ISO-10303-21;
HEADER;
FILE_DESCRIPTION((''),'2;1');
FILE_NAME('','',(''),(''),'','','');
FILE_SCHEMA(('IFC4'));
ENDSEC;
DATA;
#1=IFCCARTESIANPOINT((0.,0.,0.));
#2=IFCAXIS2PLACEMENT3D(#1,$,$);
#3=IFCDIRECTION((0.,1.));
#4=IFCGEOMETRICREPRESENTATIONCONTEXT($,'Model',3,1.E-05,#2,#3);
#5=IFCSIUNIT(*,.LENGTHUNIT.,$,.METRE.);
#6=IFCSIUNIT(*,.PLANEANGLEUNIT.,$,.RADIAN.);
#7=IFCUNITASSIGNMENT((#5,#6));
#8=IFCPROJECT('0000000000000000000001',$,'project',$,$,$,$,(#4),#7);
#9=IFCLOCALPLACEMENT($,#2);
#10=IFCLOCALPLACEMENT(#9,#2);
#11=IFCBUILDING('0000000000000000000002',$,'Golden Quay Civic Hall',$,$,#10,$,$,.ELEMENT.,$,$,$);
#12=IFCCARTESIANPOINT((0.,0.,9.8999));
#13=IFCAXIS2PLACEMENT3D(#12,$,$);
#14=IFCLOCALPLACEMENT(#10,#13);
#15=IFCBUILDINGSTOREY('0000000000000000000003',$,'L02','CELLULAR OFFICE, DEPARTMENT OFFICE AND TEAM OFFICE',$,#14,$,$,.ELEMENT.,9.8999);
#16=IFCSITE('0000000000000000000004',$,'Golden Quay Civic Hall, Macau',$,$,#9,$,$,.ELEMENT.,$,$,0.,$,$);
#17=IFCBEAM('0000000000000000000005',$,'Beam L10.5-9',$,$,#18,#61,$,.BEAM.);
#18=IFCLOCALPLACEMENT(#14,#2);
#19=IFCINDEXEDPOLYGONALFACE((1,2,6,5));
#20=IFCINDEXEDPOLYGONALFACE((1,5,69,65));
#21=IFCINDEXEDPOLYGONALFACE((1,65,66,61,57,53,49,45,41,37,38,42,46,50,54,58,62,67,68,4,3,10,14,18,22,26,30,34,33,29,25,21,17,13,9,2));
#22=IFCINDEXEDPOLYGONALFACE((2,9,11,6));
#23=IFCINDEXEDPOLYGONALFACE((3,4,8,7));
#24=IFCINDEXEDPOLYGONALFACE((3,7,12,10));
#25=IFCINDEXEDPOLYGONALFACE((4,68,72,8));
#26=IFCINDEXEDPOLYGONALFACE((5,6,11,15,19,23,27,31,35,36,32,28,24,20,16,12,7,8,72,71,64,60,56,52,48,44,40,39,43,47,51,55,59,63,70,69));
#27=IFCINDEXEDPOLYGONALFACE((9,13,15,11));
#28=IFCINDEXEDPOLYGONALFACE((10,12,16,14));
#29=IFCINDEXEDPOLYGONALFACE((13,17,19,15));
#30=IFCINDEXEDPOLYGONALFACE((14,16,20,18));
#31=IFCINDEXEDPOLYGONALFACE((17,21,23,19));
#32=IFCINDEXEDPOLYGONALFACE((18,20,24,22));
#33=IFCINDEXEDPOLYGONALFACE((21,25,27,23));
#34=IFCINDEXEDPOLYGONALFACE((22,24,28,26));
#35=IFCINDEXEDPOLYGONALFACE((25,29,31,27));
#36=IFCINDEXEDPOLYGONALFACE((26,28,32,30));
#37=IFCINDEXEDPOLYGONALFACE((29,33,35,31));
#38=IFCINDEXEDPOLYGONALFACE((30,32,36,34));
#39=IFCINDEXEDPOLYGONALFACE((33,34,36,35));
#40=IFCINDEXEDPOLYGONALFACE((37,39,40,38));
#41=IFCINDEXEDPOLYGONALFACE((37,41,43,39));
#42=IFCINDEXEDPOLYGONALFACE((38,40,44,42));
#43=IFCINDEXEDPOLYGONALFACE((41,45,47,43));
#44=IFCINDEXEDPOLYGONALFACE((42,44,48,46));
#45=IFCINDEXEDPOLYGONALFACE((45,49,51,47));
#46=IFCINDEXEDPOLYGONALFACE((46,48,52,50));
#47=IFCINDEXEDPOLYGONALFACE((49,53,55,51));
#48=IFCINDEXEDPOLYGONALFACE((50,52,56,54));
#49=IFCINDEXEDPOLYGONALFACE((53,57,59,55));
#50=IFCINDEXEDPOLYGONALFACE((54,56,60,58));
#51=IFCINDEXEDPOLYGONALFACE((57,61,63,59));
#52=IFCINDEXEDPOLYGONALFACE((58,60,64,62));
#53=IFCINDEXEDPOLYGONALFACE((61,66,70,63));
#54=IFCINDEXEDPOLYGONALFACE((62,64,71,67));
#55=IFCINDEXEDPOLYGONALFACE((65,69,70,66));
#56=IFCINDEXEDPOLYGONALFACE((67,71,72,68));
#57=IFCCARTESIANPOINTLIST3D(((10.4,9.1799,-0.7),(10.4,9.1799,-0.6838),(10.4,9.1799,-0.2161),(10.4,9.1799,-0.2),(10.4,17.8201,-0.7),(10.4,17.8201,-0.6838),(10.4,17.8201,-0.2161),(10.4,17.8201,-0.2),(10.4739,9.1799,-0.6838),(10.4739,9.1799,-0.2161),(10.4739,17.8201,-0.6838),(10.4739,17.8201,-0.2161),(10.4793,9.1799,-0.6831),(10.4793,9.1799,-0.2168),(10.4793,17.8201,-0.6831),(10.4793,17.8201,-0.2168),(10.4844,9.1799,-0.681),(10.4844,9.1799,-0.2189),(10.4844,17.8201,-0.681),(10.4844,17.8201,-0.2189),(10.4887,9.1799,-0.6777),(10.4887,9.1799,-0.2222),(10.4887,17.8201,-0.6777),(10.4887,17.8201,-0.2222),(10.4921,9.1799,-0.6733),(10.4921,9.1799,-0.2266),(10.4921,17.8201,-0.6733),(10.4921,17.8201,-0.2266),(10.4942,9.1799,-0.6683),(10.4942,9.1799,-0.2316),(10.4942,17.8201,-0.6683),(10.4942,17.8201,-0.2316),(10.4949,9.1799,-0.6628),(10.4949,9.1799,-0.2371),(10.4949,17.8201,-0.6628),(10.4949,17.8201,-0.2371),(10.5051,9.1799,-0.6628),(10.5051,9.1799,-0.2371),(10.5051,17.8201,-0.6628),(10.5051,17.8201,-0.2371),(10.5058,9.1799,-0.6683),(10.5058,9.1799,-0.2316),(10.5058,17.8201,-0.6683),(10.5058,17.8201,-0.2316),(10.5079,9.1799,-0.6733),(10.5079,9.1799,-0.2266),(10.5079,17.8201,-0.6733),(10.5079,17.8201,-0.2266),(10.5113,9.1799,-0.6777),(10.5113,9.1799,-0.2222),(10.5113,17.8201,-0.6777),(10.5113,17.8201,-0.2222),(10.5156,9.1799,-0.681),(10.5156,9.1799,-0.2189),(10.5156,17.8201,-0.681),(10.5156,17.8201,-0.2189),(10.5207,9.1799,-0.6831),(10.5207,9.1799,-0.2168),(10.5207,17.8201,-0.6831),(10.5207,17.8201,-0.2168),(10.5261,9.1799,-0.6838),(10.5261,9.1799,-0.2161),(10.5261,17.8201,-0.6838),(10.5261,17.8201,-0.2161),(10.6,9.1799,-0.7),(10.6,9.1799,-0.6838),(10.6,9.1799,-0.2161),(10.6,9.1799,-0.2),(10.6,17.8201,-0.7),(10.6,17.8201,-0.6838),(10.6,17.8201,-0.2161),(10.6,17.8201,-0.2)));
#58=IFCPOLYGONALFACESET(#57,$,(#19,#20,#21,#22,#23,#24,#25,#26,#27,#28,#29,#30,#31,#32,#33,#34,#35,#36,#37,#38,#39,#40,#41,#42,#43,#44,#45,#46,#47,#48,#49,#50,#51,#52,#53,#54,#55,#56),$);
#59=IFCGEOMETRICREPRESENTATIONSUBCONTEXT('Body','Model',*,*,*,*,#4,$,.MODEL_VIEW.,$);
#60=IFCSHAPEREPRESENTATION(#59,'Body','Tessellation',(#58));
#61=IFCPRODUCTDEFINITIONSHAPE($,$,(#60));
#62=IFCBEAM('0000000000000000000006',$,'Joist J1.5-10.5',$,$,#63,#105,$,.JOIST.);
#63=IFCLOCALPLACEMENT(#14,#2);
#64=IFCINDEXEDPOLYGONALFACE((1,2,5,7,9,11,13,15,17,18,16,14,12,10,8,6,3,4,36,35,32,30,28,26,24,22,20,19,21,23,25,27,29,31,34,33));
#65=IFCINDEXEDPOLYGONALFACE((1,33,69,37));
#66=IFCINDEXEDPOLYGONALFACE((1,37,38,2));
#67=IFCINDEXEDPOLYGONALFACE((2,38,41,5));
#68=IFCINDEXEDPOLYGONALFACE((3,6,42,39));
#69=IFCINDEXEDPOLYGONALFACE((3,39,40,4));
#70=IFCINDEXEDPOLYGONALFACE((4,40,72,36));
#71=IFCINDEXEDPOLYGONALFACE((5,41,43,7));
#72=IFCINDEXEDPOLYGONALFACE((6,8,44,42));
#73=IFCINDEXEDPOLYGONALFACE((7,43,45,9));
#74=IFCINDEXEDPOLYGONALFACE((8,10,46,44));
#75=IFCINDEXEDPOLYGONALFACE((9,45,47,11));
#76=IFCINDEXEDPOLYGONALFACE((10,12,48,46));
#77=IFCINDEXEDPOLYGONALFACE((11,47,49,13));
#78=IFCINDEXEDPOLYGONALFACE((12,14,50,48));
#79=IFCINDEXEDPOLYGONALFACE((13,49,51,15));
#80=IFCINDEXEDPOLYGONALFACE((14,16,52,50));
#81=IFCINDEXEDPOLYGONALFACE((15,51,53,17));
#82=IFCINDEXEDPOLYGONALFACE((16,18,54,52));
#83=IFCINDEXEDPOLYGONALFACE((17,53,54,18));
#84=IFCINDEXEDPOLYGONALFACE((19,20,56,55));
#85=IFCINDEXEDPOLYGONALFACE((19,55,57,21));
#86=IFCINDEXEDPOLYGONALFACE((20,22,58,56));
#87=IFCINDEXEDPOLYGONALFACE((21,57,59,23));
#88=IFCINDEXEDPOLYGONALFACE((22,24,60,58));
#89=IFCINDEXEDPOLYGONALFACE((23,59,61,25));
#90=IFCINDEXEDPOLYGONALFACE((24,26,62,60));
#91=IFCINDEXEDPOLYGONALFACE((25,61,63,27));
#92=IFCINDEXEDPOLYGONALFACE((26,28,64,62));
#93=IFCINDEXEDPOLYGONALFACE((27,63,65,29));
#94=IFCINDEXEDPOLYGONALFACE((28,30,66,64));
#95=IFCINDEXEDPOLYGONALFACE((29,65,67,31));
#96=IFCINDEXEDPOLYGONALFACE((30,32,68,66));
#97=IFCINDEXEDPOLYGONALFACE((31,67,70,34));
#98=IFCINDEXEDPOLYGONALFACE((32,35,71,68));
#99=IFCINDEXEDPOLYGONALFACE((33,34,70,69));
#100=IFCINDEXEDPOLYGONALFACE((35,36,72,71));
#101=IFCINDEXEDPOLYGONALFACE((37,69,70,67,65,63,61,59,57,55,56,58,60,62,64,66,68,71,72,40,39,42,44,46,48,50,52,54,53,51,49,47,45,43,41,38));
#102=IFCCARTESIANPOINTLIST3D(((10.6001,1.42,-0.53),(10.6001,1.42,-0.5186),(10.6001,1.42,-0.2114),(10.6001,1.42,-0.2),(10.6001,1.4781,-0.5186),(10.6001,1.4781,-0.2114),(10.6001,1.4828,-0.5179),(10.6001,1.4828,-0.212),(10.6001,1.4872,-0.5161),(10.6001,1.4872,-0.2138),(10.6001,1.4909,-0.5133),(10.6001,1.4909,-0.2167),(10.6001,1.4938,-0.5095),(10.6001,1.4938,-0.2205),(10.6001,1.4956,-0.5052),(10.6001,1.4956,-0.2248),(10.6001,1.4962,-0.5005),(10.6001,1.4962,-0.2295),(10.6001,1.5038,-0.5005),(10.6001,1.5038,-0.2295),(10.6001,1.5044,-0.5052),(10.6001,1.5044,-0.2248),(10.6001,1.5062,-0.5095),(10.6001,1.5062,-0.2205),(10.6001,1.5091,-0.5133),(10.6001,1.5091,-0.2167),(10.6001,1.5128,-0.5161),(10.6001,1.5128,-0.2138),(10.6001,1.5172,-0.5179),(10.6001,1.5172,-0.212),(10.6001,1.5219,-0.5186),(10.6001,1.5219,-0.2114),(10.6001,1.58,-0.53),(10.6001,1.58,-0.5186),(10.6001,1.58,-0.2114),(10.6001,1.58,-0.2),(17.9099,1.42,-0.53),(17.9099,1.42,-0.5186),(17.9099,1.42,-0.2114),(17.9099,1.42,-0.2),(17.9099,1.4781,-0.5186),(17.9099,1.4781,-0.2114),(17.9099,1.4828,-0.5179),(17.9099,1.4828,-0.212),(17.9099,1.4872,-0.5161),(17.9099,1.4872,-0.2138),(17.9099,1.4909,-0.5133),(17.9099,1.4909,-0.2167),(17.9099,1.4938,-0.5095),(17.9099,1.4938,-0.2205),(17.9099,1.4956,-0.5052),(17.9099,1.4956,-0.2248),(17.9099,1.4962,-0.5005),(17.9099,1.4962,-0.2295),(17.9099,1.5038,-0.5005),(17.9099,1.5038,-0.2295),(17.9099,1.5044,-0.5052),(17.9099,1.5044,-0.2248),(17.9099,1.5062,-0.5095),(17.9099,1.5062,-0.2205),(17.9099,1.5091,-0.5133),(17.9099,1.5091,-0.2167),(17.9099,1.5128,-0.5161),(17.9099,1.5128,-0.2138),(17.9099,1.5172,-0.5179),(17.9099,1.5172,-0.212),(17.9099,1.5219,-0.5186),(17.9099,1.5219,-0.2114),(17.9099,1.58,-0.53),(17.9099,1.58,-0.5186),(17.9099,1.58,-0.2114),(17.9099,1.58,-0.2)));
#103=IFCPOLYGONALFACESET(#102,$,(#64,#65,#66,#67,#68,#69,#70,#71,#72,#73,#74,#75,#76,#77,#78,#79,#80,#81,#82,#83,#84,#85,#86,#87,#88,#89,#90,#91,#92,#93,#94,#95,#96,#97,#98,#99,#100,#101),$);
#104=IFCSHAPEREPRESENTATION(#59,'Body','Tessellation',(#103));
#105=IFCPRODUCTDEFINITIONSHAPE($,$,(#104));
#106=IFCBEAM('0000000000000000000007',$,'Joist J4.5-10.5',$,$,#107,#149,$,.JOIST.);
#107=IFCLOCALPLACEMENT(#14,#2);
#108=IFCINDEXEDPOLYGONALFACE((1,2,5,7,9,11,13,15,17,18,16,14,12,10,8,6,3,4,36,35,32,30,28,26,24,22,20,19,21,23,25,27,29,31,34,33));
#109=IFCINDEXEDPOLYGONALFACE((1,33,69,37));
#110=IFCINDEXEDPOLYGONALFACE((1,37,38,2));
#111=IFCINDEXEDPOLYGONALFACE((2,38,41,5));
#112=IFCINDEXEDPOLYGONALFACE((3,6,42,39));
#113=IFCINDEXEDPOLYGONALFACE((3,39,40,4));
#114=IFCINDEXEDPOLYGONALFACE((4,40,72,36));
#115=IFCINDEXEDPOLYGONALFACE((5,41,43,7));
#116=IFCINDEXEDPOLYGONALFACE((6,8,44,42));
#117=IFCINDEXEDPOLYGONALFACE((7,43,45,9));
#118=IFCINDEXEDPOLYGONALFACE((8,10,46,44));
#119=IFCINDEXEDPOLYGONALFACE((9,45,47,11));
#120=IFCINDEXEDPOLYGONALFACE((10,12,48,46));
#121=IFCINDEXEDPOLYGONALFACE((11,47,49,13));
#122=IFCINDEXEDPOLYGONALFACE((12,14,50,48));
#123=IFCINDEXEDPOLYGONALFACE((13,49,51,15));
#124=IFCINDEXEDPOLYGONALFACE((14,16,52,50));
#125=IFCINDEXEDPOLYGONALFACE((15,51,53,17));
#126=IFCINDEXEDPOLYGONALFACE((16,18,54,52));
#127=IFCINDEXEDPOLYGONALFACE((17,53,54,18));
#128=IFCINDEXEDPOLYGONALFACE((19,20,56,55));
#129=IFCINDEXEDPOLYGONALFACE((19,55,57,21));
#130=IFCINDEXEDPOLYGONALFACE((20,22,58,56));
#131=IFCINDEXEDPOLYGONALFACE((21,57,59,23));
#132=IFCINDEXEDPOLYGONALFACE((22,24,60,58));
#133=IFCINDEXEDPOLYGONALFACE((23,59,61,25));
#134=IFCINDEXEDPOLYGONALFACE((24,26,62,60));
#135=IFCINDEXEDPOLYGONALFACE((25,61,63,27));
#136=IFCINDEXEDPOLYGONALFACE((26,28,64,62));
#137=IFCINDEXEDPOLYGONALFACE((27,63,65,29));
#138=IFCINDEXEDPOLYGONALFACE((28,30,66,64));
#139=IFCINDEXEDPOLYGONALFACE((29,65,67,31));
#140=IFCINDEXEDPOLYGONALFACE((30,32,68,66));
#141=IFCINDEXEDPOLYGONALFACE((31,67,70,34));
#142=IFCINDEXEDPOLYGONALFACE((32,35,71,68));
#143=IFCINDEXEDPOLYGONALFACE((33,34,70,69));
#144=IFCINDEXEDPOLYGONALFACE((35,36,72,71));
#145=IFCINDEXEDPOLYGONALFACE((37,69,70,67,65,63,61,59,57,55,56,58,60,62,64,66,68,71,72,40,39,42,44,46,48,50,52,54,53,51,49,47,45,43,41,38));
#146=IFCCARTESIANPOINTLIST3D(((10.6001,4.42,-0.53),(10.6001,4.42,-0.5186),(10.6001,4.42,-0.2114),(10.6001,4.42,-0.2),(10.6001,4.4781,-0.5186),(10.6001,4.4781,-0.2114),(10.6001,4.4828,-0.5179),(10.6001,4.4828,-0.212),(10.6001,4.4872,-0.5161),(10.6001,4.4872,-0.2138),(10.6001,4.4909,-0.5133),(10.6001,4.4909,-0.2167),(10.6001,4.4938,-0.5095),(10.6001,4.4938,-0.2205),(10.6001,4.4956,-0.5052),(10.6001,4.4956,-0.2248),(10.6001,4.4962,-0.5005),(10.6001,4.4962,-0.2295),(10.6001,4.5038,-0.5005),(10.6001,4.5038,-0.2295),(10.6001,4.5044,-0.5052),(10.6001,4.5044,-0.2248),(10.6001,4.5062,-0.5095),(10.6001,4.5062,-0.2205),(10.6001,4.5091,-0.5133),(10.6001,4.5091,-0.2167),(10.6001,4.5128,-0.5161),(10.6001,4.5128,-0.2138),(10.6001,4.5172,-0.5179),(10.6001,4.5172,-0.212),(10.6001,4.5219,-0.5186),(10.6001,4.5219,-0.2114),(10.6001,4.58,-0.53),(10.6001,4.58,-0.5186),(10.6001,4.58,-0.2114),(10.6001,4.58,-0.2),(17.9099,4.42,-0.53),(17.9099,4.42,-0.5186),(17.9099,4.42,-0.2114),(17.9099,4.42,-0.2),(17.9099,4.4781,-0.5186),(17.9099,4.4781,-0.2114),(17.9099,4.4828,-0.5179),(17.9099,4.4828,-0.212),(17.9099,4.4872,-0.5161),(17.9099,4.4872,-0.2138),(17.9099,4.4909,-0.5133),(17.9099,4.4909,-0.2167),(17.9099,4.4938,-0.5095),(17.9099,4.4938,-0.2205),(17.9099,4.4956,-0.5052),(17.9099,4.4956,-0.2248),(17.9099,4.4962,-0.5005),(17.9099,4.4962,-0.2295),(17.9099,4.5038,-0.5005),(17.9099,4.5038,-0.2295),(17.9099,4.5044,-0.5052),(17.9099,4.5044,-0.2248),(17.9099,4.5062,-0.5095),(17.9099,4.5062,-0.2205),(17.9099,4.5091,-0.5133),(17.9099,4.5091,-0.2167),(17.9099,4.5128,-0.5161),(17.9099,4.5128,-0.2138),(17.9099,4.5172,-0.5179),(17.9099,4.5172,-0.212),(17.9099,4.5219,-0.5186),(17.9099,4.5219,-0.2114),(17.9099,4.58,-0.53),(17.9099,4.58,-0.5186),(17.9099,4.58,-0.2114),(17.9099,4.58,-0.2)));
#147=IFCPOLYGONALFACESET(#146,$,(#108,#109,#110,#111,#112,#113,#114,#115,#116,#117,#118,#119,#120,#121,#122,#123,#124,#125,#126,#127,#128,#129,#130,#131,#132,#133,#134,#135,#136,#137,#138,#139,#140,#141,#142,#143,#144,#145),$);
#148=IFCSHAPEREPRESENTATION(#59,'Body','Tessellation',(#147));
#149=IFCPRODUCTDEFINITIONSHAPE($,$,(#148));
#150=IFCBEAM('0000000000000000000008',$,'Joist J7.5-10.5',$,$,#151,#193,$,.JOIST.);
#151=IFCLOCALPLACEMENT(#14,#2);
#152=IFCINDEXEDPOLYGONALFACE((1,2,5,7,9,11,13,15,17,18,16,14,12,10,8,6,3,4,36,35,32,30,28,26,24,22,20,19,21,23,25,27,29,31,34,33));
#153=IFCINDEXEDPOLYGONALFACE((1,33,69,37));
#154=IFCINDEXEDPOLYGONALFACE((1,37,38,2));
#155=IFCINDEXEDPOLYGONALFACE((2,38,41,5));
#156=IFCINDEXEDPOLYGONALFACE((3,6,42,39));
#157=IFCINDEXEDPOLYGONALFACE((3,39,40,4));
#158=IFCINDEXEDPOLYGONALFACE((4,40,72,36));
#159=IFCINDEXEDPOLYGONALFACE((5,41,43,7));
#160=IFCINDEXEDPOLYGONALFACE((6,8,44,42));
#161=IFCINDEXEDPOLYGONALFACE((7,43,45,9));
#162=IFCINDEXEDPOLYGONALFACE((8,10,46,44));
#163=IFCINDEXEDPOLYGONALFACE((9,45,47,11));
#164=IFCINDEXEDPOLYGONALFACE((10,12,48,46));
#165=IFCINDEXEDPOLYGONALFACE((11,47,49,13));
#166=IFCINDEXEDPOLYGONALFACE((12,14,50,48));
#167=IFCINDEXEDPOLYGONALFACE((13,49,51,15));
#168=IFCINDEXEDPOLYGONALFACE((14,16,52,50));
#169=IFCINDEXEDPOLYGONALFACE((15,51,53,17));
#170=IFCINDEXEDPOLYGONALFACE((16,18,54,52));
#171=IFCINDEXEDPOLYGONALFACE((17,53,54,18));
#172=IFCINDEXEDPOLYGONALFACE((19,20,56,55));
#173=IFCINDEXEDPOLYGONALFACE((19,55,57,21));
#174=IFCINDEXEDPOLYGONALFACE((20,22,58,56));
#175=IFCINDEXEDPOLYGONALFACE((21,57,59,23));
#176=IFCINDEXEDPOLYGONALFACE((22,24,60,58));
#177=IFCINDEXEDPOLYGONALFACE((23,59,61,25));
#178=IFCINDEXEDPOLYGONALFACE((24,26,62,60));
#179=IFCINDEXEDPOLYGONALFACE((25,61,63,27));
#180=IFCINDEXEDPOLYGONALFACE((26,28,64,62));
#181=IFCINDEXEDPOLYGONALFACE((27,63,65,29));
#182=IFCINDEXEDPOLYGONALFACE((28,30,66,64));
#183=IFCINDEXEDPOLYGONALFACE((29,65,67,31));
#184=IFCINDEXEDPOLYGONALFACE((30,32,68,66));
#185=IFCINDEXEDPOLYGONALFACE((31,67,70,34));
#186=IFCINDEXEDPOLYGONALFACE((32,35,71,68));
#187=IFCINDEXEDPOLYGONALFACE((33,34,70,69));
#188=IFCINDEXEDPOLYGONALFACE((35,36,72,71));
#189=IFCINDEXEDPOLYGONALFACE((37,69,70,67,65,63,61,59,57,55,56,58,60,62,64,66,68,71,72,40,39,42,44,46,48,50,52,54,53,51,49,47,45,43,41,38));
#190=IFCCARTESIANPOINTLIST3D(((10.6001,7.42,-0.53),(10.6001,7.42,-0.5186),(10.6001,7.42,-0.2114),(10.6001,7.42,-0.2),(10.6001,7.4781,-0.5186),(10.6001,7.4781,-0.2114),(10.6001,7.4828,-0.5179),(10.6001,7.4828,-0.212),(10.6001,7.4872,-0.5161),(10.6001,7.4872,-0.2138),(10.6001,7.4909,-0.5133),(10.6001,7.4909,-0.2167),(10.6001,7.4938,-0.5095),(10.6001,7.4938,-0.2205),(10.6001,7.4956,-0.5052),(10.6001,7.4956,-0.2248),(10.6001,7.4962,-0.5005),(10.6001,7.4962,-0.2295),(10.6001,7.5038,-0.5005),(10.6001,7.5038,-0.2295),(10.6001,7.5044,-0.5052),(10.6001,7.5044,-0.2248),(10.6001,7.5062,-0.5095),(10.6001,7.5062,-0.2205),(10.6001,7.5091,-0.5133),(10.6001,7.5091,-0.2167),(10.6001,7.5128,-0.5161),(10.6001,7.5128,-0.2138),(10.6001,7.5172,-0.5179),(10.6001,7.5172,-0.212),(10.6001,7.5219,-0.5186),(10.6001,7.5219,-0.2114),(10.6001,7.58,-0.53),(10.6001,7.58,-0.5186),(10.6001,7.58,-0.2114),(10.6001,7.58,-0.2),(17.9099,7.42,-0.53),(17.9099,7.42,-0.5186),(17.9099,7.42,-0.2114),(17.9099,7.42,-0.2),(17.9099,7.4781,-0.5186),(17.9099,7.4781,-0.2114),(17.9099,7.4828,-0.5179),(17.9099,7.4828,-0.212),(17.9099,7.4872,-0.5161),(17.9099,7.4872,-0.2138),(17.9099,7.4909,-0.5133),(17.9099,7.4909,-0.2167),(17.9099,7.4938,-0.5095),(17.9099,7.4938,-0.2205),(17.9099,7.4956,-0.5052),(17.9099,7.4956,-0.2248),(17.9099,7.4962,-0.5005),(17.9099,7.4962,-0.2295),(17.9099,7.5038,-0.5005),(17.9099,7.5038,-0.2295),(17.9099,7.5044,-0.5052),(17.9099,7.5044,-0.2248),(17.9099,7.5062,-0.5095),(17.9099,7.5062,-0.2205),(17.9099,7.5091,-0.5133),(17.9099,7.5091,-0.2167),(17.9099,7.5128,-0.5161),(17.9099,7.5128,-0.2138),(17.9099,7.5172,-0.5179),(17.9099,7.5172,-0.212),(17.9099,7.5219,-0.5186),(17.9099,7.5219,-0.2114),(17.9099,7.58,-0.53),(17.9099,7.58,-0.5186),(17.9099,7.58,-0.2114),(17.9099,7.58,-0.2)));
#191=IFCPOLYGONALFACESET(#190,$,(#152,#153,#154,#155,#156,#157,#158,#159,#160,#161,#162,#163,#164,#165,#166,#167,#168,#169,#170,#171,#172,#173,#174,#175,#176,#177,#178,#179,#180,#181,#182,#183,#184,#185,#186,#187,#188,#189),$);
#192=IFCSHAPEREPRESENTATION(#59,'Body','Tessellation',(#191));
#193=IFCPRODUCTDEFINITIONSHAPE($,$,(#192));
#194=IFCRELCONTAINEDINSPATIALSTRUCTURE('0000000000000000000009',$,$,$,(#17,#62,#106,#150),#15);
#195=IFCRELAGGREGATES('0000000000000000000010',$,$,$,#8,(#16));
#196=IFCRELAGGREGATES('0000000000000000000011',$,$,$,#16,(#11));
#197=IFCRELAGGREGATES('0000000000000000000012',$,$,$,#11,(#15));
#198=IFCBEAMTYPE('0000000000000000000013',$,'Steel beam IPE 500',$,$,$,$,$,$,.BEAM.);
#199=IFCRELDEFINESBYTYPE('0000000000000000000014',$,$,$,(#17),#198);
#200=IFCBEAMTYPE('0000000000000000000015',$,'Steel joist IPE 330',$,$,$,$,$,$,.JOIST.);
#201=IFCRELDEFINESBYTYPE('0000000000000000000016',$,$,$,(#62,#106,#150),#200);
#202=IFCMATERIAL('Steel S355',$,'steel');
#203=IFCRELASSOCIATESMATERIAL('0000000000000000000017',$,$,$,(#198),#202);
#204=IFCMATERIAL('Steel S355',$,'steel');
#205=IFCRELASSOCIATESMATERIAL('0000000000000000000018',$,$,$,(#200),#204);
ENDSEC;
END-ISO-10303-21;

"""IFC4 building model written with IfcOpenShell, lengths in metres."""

from ifc_helpers import new_model, si_unit, direction, frame, origin, origin_2d, place, context, subcontext, project, spatial, i_section, extrude, material, material_profile, profile_set, type_object, element, save


model = new_model("IFC4")

# Units and contexts
model_context = context("Model", 3, precision=1e-05, world=origin(), true_north=direction((0.0, 1.0)))
body_context = subcontext(model_context, "Body", "Model", "MODEL_VIEW")
ifc_project = project(units=[si_unit("LENGTHUNIT", "METRE"), si_unit("PLANEANGLEUNIT", "RADIAN")], contexts=[model_context])

# Site, building, storey
site_placement = place(None, origin())
site = spatial("IfcSite", under=ifc_project, at=site_placement, Name="Golden Quay Civic Hall, Macau", CompositionType="ELEMENT", RefElevation=0.0)
building_placement = place(site_placement, origin())
building = spatial("IfcBuilding", under=site, at=building_placement, Name="Golden Quay Civic Hall", CompositionType="ELEMENT")
storey_placement = place(building_placement, frame((0.0, 0.0, 9.8999)))
storey = spatial("IfcBuildingStorey", under=building, at=storey_placement, Name="L02", Description="CELLULAR OFFICE, DEPARTMENT OFFICE AND TEAM OFFICE", CompositionType="ELEMENT", Elevation=9.8999)

# Beams
ifc_material_1 = material(Name="Steel S355", Category="steel")
ifc_material_profile_1 = material_profile(ifc_material_1, i_section(OverallWidth=0.2, OverallDepth=0.5, WebThickness=0.0103, FlangeThickness=0.0161, FilletRadius=0.021, at=origin_2d()), Name="IPE 500")
ifc_profile_set_1 = profile_set([ifc_material_profile_1], Name="Steel S355")
beam_type_1 = type_object("IfcBeamType", Name="Steel beam IPE 500", PredefinedType="BEAM", material=ifc_profile_set_1)
for number, where, z_axis, x_axis, name in (
    (1, (10.5, 9.1799, -0.45), (0.0, 1.0, 0.0), (-1.0, 0.0, 0.0), "Beam L10.5-9"),
):
    element("IfcBeam", number, at=place(storey_placement, frame(where, z_axis=z_axis, x_axis=x_axis)), inside=storey, type_object=beam_type_1, Name=name, PredefinedType="BEAM", context=body_context, shape_type="SweptSolid", body=[
        extrude(i_section(OverallWidth=0.2, OverallDepth=0.5, WebThickness=0.0103, FlangeThickness=0.0161, FilletRadius=0.021, at=origin_2d()), origin(), (0.0, 0.0, 1.0), 8.6401),
    ])
ifc_material_2 = material(Name="Steel S355", Category="steel")
ifc_material_profile_2 = material_profile(ifc_material_2, i_section(OverallWidth=0.1599, OverallDepth=0.3301, WebThickness=0.0076, FlangeThickness=0.0115, FilletRadius=0.0181, at=origin_2d()), Name="IPE 330")
ifc_profile_set_2 = profile_set([ifc_material_profile_2], Name="Steel S355")
beam_type_2 = type_object("IfcBeamType", Name="Steel joist IPE 330", PredefinedType="JOIST", material=ifc_profile_set_2)
for number, where, z_axis, x_axis, name in (
    (2, (10.6001, 1.5, -0.365), (1.0, 0.0, 0.0), (0.0, 1.0, 0.0), "Joist J1.5-10.5"),
    (3, (10.6001, 4.5, -0.365), (1.0, 0.0, 0.0), (0.0, 1.0, 0.0), "Joist J4.5-10.5"),
    (4, (10.6001, 7.5, -0.365), (1.0, 0.0, 0.0), (0.0, 1.0, 0.0), "Joist J7.5-10.5"),
):
    element("IfcBeam", number, at=place(storey_placement, frame(where, z_axis=z_axis, x_axis=x_axis)), inside=storey, type_object=beam_type_2, Name=name, PredefinedType="JOIST", context=body_context, shape_type="SweptSolid", body=[
        extrude(i_section(OverallWidth=0.1599, OverallDepth=0.3301, WebThickness=0.0076, FlangeThickness=0.0115, FilletRadius=0.0181, at=origin_2d()), origin(), (0.0, 0.0, 1.0), 7.3098),
    ])

save(model, "model.ifc")
